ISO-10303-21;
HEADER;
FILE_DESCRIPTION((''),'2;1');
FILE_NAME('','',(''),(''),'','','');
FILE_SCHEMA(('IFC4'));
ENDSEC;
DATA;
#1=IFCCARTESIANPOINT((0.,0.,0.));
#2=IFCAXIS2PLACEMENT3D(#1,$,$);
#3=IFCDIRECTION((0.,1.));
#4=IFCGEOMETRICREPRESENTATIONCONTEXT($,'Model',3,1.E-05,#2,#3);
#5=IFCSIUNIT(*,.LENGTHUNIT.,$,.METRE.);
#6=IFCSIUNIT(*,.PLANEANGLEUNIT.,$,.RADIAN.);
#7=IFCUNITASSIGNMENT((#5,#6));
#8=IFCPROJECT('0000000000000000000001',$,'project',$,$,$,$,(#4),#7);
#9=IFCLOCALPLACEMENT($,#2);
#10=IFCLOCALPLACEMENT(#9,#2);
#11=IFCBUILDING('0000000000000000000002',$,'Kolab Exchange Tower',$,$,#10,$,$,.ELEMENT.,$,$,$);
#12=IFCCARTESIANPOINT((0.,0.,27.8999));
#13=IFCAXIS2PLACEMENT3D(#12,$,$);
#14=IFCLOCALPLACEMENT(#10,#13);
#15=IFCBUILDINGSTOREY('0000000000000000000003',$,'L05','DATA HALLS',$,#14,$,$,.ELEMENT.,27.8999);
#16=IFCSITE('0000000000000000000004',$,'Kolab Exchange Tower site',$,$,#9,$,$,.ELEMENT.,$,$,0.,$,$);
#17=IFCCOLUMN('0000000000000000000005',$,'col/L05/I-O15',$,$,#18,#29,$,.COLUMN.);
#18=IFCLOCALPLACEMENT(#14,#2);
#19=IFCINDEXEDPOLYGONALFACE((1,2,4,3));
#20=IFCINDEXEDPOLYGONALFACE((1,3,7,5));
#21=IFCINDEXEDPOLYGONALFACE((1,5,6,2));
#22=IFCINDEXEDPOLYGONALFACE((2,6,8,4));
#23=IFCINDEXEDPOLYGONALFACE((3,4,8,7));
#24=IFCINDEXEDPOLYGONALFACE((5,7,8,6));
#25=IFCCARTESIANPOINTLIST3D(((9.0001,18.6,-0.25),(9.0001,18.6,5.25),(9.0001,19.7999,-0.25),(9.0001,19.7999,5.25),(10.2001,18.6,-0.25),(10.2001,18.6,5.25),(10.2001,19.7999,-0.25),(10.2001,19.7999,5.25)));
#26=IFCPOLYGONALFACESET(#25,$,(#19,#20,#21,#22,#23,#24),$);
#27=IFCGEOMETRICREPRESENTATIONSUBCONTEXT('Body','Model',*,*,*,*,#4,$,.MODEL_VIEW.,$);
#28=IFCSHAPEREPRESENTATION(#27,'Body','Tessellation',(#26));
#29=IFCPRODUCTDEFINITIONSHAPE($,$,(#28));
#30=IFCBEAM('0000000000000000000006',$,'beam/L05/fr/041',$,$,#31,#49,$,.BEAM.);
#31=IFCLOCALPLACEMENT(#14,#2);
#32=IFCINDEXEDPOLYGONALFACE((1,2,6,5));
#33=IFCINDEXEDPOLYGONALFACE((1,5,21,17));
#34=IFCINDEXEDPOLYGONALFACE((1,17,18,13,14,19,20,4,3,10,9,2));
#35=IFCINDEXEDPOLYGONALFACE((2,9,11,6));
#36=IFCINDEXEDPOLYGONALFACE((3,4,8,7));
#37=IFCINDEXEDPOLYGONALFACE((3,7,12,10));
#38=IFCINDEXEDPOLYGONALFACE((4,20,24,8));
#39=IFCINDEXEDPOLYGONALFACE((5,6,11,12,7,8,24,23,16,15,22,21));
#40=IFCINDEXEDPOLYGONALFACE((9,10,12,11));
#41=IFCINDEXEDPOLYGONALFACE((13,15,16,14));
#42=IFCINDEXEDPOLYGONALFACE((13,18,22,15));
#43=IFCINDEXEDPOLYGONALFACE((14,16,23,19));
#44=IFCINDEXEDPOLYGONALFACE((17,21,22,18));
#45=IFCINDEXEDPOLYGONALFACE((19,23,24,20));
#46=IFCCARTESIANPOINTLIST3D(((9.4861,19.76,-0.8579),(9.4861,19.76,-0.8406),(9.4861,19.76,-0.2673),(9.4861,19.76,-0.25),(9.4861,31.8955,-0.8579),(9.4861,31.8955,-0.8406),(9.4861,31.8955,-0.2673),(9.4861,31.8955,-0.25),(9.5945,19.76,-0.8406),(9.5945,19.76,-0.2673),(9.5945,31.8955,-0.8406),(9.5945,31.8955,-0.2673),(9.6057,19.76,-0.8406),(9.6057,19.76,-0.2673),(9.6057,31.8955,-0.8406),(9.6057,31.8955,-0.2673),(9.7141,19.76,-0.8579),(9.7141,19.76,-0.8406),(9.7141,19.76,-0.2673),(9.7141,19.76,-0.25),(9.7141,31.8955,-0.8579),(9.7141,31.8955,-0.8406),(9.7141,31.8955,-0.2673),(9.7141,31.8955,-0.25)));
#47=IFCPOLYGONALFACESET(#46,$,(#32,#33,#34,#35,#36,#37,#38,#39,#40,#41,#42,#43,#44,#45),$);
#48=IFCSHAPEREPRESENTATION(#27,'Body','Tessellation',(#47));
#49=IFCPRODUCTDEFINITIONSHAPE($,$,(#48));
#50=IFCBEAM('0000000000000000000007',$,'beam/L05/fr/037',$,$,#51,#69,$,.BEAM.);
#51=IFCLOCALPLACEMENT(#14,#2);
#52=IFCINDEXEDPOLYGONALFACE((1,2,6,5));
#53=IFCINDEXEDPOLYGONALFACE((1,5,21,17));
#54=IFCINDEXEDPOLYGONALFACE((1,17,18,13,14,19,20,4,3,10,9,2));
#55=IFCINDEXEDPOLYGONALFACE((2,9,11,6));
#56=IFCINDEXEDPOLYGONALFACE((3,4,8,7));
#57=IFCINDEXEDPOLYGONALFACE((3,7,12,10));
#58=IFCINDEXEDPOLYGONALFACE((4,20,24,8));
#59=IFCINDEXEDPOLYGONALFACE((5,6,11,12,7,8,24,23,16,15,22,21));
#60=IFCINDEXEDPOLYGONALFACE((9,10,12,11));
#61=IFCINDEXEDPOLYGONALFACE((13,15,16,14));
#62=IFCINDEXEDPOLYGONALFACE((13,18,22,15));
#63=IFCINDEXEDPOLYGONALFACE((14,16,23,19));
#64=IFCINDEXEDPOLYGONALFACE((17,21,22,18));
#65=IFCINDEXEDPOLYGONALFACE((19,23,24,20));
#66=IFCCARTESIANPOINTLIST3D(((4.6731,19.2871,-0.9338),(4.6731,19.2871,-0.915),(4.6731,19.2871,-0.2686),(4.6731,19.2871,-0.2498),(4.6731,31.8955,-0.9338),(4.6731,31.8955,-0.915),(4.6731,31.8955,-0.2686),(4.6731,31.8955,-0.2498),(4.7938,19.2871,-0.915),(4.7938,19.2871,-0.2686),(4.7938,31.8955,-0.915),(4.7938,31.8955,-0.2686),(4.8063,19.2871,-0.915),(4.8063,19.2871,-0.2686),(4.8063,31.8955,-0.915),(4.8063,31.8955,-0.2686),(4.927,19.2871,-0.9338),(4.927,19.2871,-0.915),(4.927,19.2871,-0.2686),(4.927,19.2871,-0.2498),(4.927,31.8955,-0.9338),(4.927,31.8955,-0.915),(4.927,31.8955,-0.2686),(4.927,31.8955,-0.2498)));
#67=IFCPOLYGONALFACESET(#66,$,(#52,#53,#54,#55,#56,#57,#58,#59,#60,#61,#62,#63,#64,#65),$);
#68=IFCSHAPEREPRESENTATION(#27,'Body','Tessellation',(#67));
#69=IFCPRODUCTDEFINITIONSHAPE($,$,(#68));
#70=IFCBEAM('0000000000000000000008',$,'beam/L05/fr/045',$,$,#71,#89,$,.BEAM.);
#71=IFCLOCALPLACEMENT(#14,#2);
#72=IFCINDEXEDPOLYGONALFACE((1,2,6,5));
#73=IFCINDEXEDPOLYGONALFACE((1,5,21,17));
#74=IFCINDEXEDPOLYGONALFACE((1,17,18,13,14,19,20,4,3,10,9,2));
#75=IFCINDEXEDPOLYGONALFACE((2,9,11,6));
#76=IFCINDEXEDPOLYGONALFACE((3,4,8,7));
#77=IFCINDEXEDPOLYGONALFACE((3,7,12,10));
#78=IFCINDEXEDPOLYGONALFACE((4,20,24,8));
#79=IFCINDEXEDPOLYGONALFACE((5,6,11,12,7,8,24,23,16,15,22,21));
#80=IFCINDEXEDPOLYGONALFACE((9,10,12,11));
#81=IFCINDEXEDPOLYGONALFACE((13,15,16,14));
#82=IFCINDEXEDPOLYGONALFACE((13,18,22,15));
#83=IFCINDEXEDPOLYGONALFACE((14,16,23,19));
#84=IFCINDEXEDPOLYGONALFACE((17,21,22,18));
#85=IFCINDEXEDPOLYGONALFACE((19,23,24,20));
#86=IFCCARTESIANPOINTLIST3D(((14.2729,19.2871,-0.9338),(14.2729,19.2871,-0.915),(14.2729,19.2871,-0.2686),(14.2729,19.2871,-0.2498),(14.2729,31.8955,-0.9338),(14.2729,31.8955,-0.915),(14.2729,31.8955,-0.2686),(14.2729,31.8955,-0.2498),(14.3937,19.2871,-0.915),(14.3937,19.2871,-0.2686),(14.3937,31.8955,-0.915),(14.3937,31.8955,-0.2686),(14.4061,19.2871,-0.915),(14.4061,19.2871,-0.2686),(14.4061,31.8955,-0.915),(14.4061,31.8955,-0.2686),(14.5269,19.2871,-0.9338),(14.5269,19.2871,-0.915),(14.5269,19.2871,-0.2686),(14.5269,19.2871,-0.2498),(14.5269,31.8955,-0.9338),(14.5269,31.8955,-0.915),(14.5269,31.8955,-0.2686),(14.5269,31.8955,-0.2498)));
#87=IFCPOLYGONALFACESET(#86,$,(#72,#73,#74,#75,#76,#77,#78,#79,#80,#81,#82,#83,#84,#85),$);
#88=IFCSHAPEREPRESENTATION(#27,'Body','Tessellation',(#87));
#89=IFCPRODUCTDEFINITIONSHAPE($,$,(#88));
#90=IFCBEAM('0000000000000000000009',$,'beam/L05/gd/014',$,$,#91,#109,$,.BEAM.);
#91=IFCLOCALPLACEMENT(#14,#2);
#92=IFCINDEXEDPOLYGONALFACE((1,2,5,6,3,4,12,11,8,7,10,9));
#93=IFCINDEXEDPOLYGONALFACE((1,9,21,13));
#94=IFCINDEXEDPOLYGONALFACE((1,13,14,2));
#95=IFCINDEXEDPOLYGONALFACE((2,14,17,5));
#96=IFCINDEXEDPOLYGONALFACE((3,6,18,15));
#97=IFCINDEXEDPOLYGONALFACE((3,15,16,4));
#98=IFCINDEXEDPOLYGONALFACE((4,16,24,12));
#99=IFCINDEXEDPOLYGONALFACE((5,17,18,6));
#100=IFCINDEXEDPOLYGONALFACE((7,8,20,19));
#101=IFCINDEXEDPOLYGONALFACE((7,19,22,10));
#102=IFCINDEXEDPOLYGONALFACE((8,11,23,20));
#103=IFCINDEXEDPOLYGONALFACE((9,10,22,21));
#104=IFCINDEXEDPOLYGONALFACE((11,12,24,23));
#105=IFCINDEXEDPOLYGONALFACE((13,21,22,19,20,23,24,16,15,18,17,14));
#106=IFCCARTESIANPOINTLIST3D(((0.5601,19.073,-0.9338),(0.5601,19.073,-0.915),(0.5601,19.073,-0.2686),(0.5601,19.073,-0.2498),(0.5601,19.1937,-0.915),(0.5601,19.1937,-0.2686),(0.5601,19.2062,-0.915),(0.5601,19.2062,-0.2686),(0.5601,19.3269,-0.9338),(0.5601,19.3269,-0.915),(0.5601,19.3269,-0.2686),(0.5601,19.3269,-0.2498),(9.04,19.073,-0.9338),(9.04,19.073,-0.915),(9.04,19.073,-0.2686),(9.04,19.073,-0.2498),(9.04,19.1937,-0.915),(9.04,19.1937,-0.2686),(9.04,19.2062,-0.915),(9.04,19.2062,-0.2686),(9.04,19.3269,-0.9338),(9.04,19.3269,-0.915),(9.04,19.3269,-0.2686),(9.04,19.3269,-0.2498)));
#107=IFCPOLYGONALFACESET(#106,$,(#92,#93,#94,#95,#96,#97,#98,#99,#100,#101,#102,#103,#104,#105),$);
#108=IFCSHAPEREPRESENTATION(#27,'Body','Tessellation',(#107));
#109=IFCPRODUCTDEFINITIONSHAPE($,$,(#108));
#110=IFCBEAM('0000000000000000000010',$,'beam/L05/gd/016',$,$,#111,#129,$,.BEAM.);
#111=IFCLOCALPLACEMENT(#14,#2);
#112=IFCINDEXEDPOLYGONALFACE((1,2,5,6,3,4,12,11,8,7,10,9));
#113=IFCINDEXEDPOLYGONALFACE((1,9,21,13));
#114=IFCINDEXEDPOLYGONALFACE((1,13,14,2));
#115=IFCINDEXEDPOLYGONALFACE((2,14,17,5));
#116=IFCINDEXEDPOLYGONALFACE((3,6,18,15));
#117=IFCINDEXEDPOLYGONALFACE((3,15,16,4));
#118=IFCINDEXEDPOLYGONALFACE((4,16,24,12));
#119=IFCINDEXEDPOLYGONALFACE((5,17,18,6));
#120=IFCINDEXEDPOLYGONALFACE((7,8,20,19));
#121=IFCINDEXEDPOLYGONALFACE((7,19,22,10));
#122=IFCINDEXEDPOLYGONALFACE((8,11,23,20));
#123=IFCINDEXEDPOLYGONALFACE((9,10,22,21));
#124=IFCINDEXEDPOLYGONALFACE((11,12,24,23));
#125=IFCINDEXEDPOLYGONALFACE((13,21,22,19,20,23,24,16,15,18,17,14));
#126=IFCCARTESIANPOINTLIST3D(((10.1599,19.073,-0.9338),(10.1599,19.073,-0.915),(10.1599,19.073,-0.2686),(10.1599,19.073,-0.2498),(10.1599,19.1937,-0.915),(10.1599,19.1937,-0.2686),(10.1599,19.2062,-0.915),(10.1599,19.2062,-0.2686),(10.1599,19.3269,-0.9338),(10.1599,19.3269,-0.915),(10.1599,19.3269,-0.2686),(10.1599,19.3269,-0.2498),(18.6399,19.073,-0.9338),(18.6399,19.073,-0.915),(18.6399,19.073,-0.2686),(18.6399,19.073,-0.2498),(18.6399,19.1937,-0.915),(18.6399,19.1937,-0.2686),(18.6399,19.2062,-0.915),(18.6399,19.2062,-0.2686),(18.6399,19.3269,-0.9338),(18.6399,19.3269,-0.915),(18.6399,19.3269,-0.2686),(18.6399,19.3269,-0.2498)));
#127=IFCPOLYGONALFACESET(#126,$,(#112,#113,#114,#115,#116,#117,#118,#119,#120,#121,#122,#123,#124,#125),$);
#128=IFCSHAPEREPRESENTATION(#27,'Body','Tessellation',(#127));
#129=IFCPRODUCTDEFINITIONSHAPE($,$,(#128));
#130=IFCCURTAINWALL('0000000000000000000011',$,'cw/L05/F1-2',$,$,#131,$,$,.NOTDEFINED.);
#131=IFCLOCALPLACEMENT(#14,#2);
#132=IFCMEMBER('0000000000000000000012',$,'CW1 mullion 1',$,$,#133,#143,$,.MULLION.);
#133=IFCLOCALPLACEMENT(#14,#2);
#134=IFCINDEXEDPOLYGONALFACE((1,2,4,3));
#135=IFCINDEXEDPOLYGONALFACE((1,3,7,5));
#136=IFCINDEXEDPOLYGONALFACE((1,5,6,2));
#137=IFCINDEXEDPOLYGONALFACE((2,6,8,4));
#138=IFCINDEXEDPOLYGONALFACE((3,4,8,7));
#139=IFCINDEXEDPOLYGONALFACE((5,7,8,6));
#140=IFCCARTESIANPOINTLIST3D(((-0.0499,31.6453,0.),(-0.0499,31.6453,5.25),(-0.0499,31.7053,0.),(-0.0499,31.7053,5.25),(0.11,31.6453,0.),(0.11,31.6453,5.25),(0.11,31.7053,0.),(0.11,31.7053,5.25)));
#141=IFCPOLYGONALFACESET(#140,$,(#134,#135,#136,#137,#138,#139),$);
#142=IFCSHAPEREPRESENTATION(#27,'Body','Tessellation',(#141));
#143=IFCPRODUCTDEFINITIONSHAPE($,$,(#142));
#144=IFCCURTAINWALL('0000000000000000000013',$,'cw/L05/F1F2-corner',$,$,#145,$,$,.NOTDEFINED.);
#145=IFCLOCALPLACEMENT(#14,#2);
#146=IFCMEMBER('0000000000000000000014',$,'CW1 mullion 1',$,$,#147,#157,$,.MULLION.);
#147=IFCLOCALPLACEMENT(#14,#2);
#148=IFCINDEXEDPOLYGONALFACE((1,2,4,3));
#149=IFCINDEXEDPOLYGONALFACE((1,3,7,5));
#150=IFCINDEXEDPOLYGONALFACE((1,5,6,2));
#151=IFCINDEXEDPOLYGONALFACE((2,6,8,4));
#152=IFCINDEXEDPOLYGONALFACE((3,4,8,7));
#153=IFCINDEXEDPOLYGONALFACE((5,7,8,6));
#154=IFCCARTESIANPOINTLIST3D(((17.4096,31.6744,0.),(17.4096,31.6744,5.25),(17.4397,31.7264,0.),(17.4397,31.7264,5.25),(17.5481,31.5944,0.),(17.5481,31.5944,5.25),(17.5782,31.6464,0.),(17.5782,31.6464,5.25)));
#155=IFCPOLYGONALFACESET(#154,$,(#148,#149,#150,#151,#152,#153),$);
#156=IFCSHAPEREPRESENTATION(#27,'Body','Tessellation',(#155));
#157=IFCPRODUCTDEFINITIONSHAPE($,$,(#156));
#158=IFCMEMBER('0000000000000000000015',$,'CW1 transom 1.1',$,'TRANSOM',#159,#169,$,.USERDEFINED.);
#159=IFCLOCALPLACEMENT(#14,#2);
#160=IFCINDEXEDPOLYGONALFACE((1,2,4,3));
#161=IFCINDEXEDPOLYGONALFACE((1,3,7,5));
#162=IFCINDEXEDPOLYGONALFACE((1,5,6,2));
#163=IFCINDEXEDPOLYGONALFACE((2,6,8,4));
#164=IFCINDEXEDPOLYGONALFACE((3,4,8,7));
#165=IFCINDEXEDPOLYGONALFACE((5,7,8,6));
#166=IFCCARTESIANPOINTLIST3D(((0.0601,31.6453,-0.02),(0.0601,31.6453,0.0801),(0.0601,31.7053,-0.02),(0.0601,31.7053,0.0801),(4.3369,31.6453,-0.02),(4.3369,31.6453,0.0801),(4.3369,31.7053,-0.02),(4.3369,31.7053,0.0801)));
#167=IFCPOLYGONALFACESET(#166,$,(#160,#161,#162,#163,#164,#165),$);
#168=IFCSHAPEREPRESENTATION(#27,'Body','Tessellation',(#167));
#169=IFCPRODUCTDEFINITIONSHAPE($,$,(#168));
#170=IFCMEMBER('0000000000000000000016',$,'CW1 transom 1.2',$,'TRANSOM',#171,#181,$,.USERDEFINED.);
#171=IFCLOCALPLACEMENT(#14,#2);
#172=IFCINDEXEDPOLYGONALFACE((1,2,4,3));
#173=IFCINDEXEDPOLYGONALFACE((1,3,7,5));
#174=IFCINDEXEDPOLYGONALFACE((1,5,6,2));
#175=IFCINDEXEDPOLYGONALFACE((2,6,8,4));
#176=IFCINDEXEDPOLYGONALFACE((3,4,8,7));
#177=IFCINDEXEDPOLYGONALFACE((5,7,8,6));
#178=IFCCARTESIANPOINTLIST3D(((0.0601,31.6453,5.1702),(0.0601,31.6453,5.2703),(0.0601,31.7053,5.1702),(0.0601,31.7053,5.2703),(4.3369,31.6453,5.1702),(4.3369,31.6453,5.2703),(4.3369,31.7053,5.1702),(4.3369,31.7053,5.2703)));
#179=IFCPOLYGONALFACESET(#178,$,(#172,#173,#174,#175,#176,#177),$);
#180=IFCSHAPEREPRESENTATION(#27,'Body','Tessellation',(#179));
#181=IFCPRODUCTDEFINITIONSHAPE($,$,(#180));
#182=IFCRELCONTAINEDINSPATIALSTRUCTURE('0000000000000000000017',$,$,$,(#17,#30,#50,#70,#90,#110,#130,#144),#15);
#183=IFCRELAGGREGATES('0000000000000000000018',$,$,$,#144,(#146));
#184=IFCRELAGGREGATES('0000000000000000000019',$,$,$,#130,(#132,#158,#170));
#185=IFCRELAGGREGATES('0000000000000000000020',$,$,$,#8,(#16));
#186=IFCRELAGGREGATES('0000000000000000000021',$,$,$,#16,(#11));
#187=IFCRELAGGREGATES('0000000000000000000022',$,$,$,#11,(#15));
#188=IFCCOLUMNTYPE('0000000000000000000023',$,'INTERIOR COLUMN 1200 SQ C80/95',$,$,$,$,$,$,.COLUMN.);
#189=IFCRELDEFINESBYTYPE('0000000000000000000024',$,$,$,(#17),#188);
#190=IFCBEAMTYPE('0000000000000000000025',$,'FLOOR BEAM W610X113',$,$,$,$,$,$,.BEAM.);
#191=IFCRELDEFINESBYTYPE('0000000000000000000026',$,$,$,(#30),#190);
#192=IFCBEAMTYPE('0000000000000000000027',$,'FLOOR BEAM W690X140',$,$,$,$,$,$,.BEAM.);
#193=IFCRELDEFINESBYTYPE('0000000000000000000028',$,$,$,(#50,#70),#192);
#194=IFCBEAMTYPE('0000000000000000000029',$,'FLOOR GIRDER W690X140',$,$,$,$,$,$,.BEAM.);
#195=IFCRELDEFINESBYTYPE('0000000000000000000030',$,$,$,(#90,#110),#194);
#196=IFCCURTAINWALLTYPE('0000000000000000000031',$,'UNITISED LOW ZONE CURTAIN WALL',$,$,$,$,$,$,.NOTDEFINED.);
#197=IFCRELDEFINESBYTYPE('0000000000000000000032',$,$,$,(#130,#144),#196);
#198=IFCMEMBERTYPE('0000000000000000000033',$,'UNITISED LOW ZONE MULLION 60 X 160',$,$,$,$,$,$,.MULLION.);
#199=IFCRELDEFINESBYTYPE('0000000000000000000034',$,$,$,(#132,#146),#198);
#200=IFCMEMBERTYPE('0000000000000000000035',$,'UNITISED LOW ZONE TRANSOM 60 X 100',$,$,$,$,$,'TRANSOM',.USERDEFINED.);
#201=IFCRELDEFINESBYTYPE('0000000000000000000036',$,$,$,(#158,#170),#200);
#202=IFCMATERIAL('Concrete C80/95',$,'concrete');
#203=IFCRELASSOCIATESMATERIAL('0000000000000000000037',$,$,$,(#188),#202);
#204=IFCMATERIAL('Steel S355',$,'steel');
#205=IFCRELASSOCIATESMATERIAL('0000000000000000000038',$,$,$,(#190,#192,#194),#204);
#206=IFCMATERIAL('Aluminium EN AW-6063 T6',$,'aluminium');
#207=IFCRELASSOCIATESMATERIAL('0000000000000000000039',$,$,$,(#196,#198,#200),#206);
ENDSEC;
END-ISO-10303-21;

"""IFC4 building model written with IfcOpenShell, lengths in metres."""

from ifc_helpers import new_model, si_unit, direction, frame, origin, origin_2d, place, context, subcontext, project, spatial, rectangle, i_section, extrude, material, material_profile, profile_set, type_object, element, aggregate, save


model = new_model("IFC4")

# Units and contexts
model_context = context("Model", 3, precision=1e-05, world=origin(), true_north=direction((0.0, 1.0)))
body_context = subcontext(model_context, "Body", "Model", "MODEL_VIEW")
ifc_project = project(units=[si_unit("LENGTHUNIT", "METRE"), si_unit("PLANEANGLEUNIT", "RADIAN")], contexts=[model_context])

# Site, building, storey
site_placement = place(None, origin())
site = spatial("IfcSite", under=ifc_project, at=site_placement, Name="Kolab Exchange Tower site", CompositionType="ELEMENT", RefElevation=0.0)
building_placement = place(site_placement, origin())
building = spatial("IfcBuilding", under=site, at=building_placement, Name="Kolab Exchange Tower", CompositionType="ELEMENT")
storey_placement = place(building_placement, frame((0.0, 0.0, 27.8999)))
storey = spatial("IfcBuildingStorey", under=building, at=storey_placement, Name="L05", Description="DATA HALLS", CompositionType="ELEMENT", Elevation=27.8999)

# Column
ifc_material_1 = material(Name="Concrete C80/95", Category="concrete")
ifc_material_profile_1 = material_profile(ifc_material_1, rectangle(XDim=1.2, YDim=1.2, at=origin_2d()), Name="RC1200")
ifc_profile_set_1 = profile_set([ifc_material_profile_1], Name="Concrete C80/95")
column_type = type_object("IfcColumnType", Name="INTERIOR COLUMN 1200 SQ C80/95", PredefinedType="COLUMN", material=ifc_profile_set_1)
column_placement = place(storey_placement, frame((9.6001, 19.2, -0.25), z_axis=(0.0, 0.0, 1.0), x_axis=(1.0, 0.0, 0.0)))
element("IfcColumn", 1, at=column_placement, inside=storey, type_object=column_type, Name="col/L05/I-O15", PredefinedType="COLUMN", context=body_context, shape_type="SweptSolid", body=[
    extrude(rectangle(XDim=1.2, YDim=1.2, at=origin_2d()), origin(), (0.0, 0.0, 1.0), 5.5),
])

# Beams
ifc_material_2 = material(Name="Steel S355", Category="steel")
ifc_material_profile_2 = material_profile(ifc_material_2, i_section(OverallWidth=0.228, OverallDepth=0.6079, WebThickness=0.0112, FlangeThickness=0.0173, at=origin_2d()), Name="W610X113")
ifc_profile_set_2 = profile_set([ifc_material_profile_2], Name="Steel S355")
beam_type_1 = type_object("IfcBeamType", Name="FLOOR BEAM W610X113", PredefinedType="BEAM", material=ifc_profile_set_2)
beam_placement = place(storey_placement, frame((9.6001, 19.76, -0.554), z_axis=(0.0, 1.0, 0.0), x_axis=(-1.0, 0.0, 0.0)))
element("IfcBeam", 2, at=beam_placement, inside=storey, type_object=beam_type_1, Name="beam/L05/fr/041", PredefinedType="BEAM", context=body_context, shape_type="SweptSolid", body=[
    extrude(i_section(OverallWidth=0.228, OverallDepth=0.6079, WebThickness=0.0112, FlangeThickness=0.0173, at=origin_2d()), origin(), (0.0, 0.0, 1.0), 12.1355),
])
ifc_material_profile_3 = material_profile(ifc_material_2, i_section(OverallWidth=0.2539, OverallDepth=0.6841, WebThickness=0.0125, FlangeThickness=0.0188, at=origin_2d()), Name="W690X140")
ifc_profile_set_3 = profile_set([ifc_material_profile_3], Name="Steel S355")
beam_type_2 = type_object("IfcBeamType", Name="FLOOR BEAM W690X140", PredefinedType="BEAM", material=ifc_profile_set_3)
for number, where, z_axis, x_axis, name in (
    (3, (4.8, 19.2871, -0.5918), (0.0, 1.0, 0.0), (-1.0, 0.0, 0.0), "beam/L05/fr/037"),
    (4, (14.3999, 19.2871, -0.5918), (0.0, 1.0, 0.0), (-1.0, 0.0, 0.0), "beam/L05/fr/045"),
):
    element("IfcBeam", number, at=place(storey_placement, frame(where, z_axis=z_axis, x_axis=x_axis)), inside=storey, type_object=beam_type_2, Name=name, PredefinedType="BEAM", context=body_context, shape_type="SweptSolid", body=[
        extrude(i_section(OverallWidth=0.2539, OverallDepth=0.6841, WebThickness=0.0125, FlangeThickness=0.0188, at=origin_2d()), origin(), (0.0, 0.0, 1.0), 12.6084),
    ])
ifc_material_profile_4 = material_profile(ifc_material_2, i_section(OverallWidth=0.2539, OverallDepth=0.6841, WebThickness=0.0125, FlangeThickness=0.0188, at=origin_2d()), Name="W690X140")
ifc_profile_set_4 = profile_set([ifc_material_profile_4], Name="Steel S355")
beam_type_3 = type_object("IfcBeamType", Name="FLOOR GIRDER W690X140", PredefinedType="BEAM", material=ifc_profile_set_4)
for number, where, z_axis, x_axis, name in (
    (5, (0.5601, 19.2, -0.5918), (1.0, 0.0, 0.0), (0.0, 1.0, 0.0), "beam/L05/gd/014"),
    (6, (10.1599, 19.2, -0.5918), (1.0, 0.0, 0.0), (0.0, 1.0, 0.0), "beam/L05/gd/016"),
):
    element("IfcBeam", number, at=place(storey_placement, frame(where, z_axis=z_axis, x_axis=x_axis)), inside=storey, type_object=beam_type_3, Name=name, PredefinedType="BEAM", context=body_context, shape_type="SweptSolid", body=[
        extrude(i_section(OverallWidth=0.2539, OverallDepth=0.6841, WebThickness=0.0125, FlangeThickness=0.0188, at=origin_2d()), origin(), (0.0, 0.0, 1.0), 8.48),
    ])

# Curtain walls, members
ifc_material_3 = material(Name="Aluminium EN AW-6063 T6", Category="aluminium")
curtain_wall_type = type_object("IfcCurtainWallType", Name="UNITISED LOW ZONE CURTAIN WALL", PredefinedType="NOTDEFINED", material=ifc_material_3)
curtain_wall_1_placement = place(storey_placement, origin())
curtain_wall_1 = element("IfcCurtainWall", 7, at=curtain_wall_1_placement, inside=storey, type_object=curtain_wall_type, Name="cw/L05/F1-2", PredefinedType="NOTDEFINED")
ifc_material_profile_5 = material_profile(ifc_material_3, rectangle(XDim=0.0601, YDim=0.1599, at=origin_2d()), Name="RECT 60X160")
ifc_profile_set_5 = profile_set([ifc_material_profile_5], Name="Aluminium EN AW-6063 T6")
member_type_1 = type_object("IfcMemberType", Name="UNITISED LOW ZONE MULLION 60 X 160", PredefinedType="MULLION", material=ifc_profile_set_5)
member_1_placement = place(storey_placement, frame((0.03, 31.6753, 0.0), z_axis=(0.0, 0.0, 1.0), x_axis=(0.0, 1.0, 0.0)))
member_1 = element("IfcMember", 8, at=member_1_placement, type_object=member_type_1, Name="CW1 mullion 1", PredefinedType="MULLION", context=body_context, shape_type="SweptSolid", body=[
    extrude(rectangle(XDim=0.0601, YDim=0.1599, at=origin_2d()), origin(), (0.0, 0.0, 1.0), 5.25),
])
curtain_wall_2_placement = place(storey_placement, origin())
curtain_wall_2 = element("IfcCurtainWall", 9, at=curtain_wall_2_placement, inside=storey, type_object=curtain_wall_type, Name="cw/L05/F1F2-corner", PredefinedType="NOTDEFINED")
member_2_placement = place(storey_placement, frame((17.4939, 31.6604, 0.0), z_axis=(0.0, 0.0, 1.0), x_axis=(0.5, 0.866025, 0.0)))
member_2 = element("IfcMember", 10, at=member_2_placement, type_object=member_type_1, Name="CW1 mullion 1", PredefinedType="MULLION", context=body_context, shape_type="SweptSolid", body=[
    extrude(rectangle(XDim=0.0601, YDim=0.1599, at=origin_2d()), origin(), (0.0, 0.0, 1.0), 5.25),
])
aggregate(curtain_wall_2, [member_2])

# Members
ifc_material_profile_6 = material_profile(ifc_material_3, rectangle(XDim=0.0601, YDim=0.1001, at=origin_2d()), Name="RECT 60X100")
ifc_profile_set_6 = profile_set([ifc_material_profile_6], Name="Aluminium EN AW-6063 T6")
member_type_2 = type_object("IfcMemberType", Name="UNITISED LOW ZONE TRANSOM 60 X 100", ElementType="TRANSOM", PredefinedType="USERDEFINED", material=ifc_profile_set_6)
member_3_placement = place(storey_placement, frame((0.0601, 31.6753, 0.03), z_axis=(1.0, 0.0, 0.0), x_axis=(0.0, 1.0, 0.0)))
member_3 = element("IfcMember", 11, at=member_3_placement, type_object=member_type_2, Name="CW1 transom 1.1", ObjectType="TRANSOM", PredefinedType="USERDEFINED", context=body_context, shape_type="SweptSolid", body=[
    extrude(rectangle(XDim=0.0601, YDim=0.1001, at=origin_2d()), origin(), (0.0, 0.0, 1.0), 4.2769),
])
member_4_placement = place(storey_placement, frame((0.0601, 31.6753, 5.2202), z_axis=(1.0, 0.0, 0.0), x_axis=(0.0, 1.0, 0.0)))
member_4 = element("IfcMember", 12, at=member_4_placement, type_object=member_type_2, Name="CW1 transom 1.2", ObjectType="TRANSOM", PredefinedType="USERDEFINED", context=body_context, shape_type="SweptSolid", body=[
    extrude(rectangle(XDim=0.0601, YDim=0.1001, at=origin_2d()), origin(), (0.0, 0.0, 1.0), 4.2769),
])
aggregate(curtain_wall_1, [member_1, member_3, member_4])

save(model, "model.ifc")
